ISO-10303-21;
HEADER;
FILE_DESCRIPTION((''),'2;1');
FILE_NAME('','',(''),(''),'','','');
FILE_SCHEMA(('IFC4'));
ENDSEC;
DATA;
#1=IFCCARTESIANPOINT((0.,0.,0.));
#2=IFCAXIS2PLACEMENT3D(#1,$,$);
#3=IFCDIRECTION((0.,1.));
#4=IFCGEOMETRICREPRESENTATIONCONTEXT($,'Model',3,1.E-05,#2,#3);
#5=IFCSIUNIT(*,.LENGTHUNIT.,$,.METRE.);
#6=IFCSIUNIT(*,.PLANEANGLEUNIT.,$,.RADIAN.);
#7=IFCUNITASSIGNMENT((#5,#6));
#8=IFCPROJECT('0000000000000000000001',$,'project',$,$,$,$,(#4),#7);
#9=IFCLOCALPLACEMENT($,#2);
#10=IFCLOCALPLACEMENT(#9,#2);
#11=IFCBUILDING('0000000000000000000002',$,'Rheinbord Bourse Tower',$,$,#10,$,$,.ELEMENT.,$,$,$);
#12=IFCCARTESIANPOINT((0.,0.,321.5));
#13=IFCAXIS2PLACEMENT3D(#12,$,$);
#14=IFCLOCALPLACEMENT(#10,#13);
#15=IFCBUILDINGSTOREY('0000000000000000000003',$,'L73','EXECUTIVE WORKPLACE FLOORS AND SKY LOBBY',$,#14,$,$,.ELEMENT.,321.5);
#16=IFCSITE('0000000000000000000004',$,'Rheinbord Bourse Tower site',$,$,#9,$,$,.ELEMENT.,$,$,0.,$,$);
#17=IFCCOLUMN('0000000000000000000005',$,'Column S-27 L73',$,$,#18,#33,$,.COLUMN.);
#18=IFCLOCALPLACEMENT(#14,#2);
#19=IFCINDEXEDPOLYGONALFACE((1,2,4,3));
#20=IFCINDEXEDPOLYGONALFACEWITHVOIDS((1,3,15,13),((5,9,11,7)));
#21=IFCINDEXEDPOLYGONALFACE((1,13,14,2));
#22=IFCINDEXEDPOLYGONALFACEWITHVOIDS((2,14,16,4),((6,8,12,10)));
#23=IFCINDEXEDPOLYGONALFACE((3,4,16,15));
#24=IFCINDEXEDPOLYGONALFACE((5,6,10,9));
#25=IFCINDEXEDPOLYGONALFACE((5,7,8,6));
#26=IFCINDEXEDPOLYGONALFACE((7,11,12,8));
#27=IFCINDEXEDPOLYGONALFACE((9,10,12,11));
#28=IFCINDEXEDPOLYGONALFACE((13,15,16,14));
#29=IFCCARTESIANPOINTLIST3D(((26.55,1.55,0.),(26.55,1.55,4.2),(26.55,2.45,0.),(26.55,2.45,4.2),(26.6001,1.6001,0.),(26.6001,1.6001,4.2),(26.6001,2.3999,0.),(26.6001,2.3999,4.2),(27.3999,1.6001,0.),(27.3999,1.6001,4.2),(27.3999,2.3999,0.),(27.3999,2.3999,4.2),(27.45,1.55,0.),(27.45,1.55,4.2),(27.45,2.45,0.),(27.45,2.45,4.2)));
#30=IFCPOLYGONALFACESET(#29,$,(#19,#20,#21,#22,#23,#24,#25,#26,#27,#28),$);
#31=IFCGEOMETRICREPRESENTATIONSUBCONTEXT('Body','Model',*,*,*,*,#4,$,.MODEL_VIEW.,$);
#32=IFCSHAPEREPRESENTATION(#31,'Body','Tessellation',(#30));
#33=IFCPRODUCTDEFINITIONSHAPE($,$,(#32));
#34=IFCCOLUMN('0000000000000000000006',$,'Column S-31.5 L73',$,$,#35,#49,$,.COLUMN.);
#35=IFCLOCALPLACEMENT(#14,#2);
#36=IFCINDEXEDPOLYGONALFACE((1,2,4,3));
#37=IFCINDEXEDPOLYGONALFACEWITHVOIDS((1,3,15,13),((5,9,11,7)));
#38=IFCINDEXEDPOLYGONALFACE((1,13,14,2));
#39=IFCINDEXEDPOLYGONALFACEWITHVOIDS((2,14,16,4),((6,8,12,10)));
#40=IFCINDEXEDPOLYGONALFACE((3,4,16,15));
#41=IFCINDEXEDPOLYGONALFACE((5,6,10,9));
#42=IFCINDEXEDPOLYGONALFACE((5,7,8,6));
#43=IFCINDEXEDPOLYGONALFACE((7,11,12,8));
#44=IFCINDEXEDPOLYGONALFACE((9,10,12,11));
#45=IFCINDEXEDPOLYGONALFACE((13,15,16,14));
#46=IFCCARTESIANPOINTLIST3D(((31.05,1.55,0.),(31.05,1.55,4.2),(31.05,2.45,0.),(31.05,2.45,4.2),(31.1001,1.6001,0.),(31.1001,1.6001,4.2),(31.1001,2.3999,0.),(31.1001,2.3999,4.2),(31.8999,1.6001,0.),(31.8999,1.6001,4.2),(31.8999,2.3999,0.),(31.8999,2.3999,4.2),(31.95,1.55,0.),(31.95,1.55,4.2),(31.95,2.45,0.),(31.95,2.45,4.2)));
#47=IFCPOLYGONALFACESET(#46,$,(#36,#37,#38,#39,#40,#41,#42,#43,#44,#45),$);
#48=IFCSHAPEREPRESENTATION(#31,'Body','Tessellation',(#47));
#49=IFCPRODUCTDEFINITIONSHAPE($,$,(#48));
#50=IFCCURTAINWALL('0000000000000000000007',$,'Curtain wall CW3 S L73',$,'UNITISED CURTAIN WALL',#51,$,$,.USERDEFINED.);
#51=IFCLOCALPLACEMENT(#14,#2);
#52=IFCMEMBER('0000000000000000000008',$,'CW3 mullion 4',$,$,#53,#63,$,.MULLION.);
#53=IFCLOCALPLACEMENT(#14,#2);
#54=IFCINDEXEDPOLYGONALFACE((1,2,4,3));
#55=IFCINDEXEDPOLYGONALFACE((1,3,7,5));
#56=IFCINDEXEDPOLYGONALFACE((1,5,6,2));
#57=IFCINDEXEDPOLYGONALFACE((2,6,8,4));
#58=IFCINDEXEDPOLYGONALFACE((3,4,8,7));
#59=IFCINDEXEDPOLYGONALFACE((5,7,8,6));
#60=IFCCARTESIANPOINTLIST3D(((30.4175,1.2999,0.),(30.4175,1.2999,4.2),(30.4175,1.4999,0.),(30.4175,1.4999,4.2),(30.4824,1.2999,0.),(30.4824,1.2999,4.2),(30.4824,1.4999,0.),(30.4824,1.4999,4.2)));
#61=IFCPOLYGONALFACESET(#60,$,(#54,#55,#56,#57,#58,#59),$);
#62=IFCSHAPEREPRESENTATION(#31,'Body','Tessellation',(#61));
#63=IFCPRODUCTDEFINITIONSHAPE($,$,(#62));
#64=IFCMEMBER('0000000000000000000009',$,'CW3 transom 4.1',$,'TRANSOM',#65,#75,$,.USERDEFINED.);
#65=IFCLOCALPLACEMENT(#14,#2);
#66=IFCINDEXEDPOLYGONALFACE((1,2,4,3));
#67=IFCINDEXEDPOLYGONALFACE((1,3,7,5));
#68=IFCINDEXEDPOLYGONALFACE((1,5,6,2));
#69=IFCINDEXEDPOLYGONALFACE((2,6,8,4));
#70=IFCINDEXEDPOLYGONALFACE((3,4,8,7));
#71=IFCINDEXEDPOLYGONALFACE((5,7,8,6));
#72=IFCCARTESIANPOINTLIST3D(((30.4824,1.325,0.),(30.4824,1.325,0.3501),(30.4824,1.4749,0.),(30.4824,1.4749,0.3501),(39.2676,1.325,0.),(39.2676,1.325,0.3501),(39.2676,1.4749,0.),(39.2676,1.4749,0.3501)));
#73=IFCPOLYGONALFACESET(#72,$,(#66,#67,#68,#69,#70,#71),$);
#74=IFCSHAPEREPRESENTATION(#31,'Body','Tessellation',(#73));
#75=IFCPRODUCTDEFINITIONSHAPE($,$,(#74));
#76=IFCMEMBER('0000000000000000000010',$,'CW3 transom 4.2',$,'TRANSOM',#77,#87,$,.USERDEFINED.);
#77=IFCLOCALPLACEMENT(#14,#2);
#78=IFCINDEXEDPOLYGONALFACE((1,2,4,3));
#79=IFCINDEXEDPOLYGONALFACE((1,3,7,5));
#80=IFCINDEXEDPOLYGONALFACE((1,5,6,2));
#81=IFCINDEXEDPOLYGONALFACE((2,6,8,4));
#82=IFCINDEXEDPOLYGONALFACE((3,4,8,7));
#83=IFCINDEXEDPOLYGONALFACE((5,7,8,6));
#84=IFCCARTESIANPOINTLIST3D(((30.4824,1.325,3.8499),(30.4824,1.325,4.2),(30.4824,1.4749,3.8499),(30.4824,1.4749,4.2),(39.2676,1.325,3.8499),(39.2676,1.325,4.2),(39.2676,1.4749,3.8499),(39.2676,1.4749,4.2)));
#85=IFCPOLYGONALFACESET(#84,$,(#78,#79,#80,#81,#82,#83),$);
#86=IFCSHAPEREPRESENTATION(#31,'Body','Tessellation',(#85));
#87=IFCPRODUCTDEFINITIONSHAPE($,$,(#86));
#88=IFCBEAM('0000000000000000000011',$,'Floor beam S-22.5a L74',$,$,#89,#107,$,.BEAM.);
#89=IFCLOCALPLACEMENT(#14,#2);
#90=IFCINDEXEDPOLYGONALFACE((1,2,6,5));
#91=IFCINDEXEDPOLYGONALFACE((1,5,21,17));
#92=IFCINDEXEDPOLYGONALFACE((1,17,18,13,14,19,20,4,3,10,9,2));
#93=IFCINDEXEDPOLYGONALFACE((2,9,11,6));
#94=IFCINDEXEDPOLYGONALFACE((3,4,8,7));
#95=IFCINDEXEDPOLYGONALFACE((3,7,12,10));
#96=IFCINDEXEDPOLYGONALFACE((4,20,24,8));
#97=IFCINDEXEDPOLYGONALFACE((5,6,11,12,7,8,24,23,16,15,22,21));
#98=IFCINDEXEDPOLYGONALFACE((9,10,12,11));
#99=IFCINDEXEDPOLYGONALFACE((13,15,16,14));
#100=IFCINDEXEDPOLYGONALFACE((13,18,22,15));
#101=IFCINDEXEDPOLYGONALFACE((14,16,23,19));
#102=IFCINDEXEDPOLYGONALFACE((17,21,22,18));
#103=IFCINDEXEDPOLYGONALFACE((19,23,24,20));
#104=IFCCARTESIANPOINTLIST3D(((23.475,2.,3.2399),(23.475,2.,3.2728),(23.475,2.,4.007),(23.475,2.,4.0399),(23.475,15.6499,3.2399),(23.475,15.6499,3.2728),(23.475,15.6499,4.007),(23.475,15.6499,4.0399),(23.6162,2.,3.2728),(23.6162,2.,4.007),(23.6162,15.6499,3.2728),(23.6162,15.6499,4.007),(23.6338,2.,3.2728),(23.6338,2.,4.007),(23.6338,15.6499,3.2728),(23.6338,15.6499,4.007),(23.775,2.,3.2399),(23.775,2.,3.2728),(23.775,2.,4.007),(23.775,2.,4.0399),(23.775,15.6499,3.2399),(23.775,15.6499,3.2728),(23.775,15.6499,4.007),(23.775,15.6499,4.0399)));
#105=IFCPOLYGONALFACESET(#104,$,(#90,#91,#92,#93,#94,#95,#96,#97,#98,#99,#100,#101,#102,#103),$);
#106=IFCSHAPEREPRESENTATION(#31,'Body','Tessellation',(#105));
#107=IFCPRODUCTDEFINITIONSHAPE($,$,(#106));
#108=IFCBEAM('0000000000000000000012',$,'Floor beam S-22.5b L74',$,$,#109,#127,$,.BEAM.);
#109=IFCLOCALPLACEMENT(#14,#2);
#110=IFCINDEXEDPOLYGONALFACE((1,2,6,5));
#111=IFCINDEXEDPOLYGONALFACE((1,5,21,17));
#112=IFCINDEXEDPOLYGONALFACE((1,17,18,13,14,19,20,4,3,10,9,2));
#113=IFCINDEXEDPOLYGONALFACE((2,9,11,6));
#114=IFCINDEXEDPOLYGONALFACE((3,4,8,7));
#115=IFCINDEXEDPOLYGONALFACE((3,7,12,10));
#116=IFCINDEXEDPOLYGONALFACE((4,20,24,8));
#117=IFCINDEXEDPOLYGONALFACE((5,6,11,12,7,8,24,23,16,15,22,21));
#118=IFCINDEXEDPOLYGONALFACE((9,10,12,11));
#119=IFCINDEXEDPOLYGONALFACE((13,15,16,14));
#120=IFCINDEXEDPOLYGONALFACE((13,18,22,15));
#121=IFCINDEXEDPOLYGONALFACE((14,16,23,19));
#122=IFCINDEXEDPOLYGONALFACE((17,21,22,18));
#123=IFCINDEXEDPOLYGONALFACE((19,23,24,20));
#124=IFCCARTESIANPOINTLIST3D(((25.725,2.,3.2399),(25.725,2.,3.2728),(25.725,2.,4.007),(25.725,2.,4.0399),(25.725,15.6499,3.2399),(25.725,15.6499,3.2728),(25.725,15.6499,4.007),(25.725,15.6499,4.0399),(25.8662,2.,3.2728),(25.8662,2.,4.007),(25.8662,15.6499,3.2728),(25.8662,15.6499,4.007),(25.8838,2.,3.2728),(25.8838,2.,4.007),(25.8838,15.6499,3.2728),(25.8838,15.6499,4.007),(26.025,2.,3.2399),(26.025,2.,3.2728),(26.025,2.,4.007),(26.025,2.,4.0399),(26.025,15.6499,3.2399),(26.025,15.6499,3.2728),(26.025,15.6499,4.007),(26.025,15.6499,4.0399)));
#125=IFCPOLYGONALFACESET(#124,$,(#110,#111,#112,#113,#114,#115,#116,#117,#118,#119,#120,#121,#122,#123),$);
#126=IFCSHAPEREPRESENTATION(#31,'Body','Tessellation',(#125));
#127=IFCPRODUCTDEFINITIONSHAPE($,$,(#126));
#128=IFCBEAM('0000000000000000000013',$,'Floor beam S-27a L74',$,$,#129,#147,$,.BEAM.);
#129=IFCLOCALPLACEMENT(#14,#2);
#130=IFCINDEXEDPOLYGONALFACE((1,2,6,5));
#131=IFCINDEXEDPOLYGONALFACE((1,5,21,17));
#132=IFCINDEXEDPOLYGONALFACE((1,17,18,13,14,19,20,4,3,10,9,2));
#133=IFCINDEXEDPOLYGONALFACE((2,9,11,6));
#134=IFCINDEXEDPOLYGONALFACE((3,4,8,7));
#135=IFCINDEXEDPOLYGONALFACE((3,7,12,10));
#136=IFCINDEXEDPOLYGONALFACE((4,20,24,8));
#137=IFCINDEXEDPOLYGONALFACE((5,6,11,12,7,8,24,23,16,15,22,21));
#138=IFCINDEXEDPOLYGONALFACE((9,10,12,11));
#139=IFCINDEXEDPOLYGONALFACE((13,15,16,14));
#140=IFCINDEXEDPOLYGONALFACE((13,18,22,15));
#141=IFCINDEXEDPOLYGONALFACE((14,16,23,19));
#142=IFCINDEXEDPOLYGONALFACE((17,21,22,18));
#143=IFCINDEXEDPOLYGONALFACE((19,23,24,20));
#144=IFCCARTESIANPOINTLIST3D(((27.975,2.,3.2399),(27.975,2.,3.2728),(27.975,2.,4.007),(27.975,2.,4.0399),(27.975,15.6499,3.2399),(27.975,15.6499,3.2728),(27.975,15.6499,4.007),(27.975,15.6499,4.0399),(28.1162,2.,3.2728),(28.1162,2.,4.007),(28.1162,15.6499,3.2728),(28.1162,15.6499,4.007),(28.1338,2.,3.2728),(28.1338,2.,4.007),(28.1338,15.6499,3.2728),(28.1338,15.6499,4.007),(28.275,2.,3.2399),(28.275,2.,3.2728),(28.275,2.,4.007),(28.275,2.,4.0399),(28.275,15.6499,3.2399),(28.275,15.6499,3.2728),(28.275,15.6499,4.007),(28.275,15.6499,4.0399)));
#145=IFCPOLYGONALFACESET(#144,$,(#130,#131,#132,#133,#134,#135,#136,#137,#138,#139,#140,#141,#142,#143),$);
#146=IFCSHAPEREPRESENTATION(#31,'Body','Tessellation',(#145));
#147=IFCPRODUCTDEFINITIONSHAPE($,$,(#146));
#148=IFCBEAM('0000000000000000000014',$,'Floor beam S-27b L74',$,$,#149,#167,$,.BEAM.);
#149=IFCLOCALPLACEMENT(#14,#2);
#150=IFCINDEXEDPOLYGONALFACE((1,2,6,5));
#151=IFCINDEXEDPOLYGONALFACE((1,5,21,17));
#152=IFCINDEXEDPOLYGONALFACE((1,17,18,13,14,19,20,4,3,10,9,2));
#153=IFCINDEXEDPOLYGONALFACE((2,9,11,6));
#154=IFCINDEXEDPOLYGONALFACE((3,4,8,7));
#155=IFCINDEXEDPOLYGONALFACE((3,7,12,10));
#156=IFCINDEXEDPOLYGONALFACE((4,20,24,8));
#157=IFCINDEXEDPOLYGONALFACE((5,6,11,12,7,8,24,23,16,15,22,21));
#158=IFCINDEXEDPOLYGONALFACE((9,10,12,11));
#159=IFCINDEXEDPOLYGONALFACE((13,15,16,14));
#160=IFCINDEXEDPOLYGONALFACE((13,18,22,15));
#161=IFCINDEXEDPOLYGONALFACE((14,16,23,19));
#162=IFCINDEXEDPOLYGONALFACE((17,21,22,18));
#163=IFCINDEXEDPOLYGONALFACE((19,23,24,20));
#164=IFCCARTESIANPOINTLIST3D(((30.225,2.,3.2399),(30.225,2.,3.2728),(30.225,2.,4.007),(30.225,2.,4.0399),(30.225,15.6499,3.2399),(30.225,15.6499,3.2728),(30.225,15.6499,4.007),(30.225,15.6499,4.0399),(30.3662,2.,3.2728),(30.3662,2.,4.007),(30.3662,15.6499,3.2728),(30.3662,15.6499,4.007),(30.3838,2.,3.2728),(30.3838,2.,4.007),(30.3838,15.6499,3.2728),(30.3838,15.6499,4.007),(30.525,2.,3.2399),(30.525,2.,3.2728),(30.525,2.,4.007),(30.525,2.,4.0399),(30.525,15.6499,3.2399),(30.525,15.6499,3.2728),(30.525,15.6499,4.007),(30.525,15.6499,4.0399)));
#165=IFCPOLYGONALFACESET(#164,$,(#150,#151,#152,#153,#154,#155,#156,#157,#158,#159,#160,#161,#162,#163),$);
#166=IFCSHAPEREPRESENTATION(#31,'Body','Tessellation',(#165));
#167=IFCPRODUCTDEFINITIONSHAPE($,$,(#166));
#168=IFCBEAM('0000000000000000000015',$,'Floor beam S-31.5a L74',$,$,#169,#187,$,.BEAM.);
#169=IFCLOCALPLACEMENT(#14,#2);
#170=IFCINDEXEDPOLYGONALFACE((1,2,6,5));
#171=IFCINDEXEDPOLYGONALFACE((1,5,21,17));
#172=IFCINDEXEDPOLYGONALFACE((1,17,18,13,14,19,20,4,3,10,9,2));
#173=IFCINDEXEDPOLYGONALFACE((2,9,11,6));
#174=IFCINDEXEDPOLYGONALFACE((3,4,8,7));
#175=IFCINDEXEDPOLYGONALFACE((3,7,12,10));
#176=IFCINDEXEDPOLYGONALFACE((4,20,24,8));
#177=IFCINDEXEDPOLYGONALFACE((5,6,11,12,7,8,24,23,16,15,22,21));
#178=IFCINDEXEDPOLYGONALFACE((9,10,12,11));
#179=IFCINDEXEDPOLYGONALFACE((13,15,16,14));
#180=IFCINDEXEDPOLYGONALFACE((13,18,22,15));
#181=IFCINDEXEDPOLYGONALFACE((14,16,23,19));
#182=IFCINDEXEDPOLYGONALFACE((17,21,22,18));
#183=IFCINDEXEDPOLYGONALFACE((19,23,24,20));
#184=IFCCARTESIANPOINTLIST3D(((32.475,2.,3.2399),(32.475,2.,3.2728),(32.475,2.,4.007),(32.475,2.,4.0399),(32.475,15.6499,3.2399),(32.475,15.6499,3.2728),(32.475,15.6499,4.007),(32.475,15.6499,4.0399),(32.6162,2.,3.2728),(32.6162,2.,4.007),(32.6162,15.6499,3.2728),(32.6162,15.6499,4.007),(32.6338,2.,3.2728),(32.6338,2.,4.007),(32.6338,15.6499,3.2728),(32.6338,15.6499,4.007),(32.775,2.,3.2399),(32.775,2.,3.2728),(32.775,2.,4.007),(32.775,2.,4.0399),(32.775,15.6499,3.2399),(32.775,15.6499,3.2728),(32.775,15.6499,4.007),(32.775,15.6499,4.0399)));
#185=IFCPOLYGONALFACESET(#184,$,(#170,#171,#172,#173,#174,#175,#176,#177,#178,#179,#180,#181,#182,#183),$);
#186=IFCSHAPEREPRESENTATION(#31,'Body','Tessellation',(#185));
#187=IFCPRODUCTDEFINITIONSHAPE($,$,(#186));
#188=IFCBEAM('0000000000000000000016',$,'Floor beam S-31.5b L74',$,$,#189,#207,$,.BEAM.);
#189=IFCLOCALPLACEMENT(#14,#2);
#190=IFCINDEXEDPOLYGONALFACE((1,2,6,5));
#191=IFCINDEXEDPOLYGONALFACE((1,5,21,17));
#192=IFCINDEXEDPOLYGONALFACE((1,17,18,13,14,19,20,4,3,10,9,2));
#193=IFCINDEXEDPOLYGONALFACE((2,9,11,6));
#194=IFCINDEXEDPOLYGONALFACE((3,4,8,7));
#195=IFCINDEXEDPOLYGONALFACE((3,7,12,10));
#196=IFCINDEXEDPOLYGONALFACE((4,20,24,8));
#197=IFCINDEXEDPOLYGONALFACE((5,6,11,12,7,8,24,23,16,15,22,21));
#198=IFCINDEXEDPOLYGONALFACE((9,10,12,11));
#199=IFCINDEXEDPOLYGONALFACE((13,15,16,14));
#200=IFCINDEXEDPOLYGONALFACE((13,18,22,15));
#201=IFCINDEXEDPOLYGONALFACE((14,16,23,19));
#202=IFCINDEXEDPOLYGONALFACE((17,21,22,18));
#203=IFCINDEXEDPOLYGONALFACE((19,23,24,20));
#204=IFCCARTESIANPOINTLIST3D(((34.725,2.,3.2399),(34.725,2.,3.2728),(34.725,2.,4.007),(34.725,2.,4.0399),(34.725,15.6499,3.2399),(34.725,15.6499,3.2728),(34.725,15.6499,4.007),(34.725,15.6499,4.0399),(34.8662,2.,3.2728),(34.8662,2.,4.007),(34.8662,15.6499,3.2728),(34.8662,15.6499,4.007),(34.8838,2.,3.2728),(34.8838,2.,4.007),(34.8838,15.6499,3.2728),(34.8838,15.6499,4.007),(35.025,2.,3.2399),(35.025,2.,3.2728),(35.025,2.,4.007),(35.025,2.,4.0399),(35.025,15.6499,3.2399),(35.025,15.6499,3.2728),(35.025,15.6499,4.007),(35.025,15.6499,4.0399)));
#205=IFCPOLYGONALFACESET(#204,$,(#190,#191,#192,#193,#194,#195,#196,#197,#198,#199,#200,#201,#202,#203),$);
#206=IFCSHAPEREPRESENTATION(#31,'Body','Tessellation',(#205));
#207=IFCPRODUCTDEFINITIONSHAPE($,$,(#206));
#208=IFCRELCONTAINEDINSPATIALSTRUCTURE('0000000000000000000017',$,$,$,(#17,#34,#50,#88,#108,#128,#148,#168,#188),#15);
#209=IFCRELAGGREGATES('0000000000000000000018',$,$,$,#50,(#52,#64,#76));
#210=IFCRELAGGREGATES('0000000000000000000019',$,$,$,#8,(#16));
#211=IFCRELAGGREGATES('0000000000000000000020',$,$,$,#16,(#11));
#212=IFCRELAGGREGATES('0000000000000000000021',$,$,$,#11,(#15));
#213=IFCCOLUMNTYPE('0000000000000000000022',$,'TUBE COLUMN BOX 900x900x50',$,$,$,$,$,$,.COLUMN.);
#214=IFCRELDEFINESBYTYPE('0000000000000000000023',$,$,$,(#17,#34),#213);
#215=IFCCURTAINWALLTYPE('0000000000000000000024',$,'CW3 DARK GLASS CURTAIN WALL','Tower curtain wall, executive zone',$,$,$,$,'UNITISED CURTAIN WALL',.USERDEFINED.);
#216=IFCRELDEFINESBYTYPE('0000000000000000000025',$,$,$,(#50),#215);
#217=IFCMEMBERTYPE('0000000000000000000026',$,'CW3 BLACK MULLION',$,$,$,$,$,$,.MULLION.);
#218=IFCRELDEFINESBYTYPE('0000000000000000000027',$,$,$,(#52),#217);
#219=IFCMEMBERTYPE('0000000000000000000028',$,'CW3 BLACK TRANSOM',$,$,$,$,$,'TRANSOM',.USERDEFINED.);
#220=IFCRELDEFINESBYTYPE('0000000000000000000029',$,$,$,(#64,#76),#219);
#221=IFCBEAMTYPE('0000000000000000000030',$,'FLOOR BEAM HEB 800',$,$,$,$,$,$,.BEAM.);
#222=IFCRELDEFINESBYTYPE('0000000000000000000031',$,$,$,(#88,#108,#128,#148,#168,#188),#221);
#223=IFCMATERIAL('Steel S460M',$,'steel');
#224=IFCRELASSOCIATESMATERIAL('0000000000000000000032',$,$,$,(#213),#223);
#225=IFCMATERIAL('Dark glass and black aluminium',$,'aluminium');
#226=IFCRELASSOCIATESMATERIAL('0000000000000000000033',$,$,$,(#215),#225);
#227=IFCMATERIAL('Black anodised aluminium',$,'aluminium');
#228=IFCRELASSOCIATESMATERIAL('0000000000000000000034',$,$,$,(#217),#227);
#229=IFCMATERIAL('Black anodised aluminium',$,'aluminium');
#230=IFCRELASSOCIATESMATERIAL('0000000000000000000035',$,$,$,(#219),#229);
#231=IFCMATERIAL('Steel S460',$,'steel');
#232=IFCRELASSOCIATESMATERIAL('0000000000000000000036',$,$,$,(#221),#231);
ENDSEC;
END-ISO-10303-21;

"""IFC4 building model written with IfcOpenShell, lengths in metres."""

from ifc_helpers import new_model, si_unit, direction, frame, origin, origin_2d, place, context, subcontext, project, spatial, rectangle, hollow_rectangle, i_section, extrude, material, material_profile, profile_set, type_object, element, aggregate, save


model = new_model("IFC4")

# Units and contexts
model_context = context("Model", 3, precision=1e-05, world=origin(), true_north=direction((0.0, 1.0)))
body_context = subcontext(model_context, "Body", "Model", "MODEL_VIEW")
ifc_project = project(units=[si_unit("LENGTHUNIT", "METRE"), si_unit("PLANEANGLEUNIT", "RADIAN")], contexts=[model_context])

# Site, building, storey
site_placement = place(None, origin())
site = spatial("IfcSite", under=ifc_project, at=site_placement, Name="Rheinbord Bourse Tower site", CompositionType="ELEMENT", RefElevation=0.0)
building_placement = place(site_placement, origin())
building = spatial("IfcBuilding", under=site, at=building_placement, Name="Rheinbord Bourse Tower", CompositionType="ELEMENT")
storey_placement = place(building_placement, frame((0.0, 0.0, 321.5)))
storey = spatial("IfcBuildingStorey", under=building, at=storey_placement, Name="L73", Description="EXECUTIVE WORKPLACE FLOORS AND SKY LOBBY", CompositionType="ELEMENT", Elevation=321.5)

# Columns
ifc_material_1 = material(Name="Steel S460M", Category="steel")
ifc_material_profile_1 = material_profile(ifc_material_1, hollow_rectangle(XDim=0.8999, YDim=0.8999, WallThickness=0.05, at=origin_2d()), Name="BOX 900x900x50")
ifc_profile_set_1 = profile_set([ifc_material_profile_1], Name="Steel S460M")
column_type = type_object("IfcColumnType", Name="TUBE COLUMN BOX 900x900x50", PredefinedType="COLUMN", material=ifc_profile_set_1)
for number, where, z_axis, x_axis, name in (
    (1, (27.0, 2.0, 0.0), (0.0, 0.0, 1.0), (0.0, 1.0, 0.0), "Column S-27 L73"),
    (2, (31.5, 2.0, 0.0), (0.0, 0.0, 1.0), (0.0, 1.0, 0.0), "Column S-31.5 L73"),
):
    element("IfcColumn", number, at=place(storey_placement, frame(where, z_axis=z_axis, x_axis=x_axis)), inside=storey, type_object=column_type, Name=name, PredefinedType="COLUMN", context=body_context, shape_type="SweptSolid", body=[
        extrude(hollow_rectangle(XDim=0.8999, YDim=0.8999, WallThickness=0.05, at=origin_2d()), origin(), (0.0, 0.0, 1.0), 4.2),
    ])

# Curtain wall, members
ifc_material_2 = material(Name="Dark glass and black aluminium", Category="aluminium")
curtain_wall_type = type_object("IfcCurtainWallType", Name="CW3 DARK GLASS CURTAIN WALL", Description="Tower curtain wall, executive zone", ElementType="UNITISED CURTAIN WALL", PredefinedType="USERDEFINED", material=ifc_material_2)
curtain_wall_placement = place(storey_placement, origin())
curtain_wall = element("IfcCurtainWall", 3, at=curtain_wall_placement, inside=storey, type_object=curtain_wall_type, Name="Curtain wall CW3 S L73", ObjectType="UNITISED CURTAIN WALL", PredefinedType="USERDEFINED")
ifc_material_3 = material(Name="Black anodised aluminium", Category="aluminium")
ifc_material_profile_2 = material_profile(ifc_material_3, rectangle(XDim=0.2, YDim=0.0649, at=origin_2d()), Name="CW3 MULLION 65x200")
ifc_profile_set_2 = profile_set([ifc_material_profile_2], Name="Black anodised aluminium")
member_type_1 = type_object("IfcMemberType", Name="CW3 BLACK MULLION", PredefinedType="MULLION", material=ifc_profile_set_2)
member_1_placement = place(storey_placement, frame((30.45, 1.3999, 0.0), z_axis=(0.0, 0.0, 1.0), x_axis=(0.0, 1.0, 0.0)))
member_1 = element("IfcMember", 4, at=member_1_placement, type_object=member_type_1, Name="CW3 mullion 4", PredefinedType="MULLION", context=body_context, shape_type="SweptSolid", body=[
    extrude(rectangle(XDim=0.2, YDim=0.0649, at=origin_2d()), origin(), (0.0, 0.0, 1.0), 4.2),
])
ifc_material_4 = material(Name="Black anodised aluminium", Category="aluminium")
ifc_material_profile_3 = material_profile(ifc_material_4, rectangle(XDim=0.1499, YDim=0.3501, at=origin_2d()), Name="CW3 TRANSOM 350x150")
ifc_profile_set_3 = profile_set([ifc_material_profile_3], Name="Black anodised aluminium")
member_type_2 = type_object("IfcMemberType", Name="CW3 BLACK TRANSOM", ElementType="TRANSOM", PredefinedType="USERDEFINED", material=ifc_profile_set_3)
member_2_placement = place(storey_placement, frame((30.4824, 1.3999, 0.175), z_axis=(1.0, 0.0, 0.0), x_axis=(0.0, 1.0, 0.0)))
member_2 = element("IfcMember", 5, at=member_2_placement, type_object=member_type_2, Name="CW3 transom 4.1", ObjectType="TRANSOM", PredefinedType="USERDEFINED", context=body_context, shape_type="SweptSolid", body=[
    extrude(rectangle(XDim=0.1499, YDim=0.3501, at=origin_2d()), origin(), (0.0, 0.0, 1.0), 8.7852),
])
member_3_placement = place(storey_placement, frame((30.4824, 1.3999, 4.0249), z_axis=(1.0, 0.0, 0.0), x_axis=(0.0, 1.0, 0.0)))
member_3 = element("IfcMember", 6, at=member_3_placement, type_object=member_type_2, Name="CW3 transom 4.2", ObjectType="TRANSOM", PredefinedType="USERDEFINED", context=body_context, shape_type="SweptSolid", body=[
    extrude(rectangle(XDim=0.1499, YDim=0.3501, at=origin_2d()), origin(), (0.0, 0.0, 1.0), 8.7852),
])

# Beams
ifc_material_5 = material(Name="Steel S460", Category="steel")
ifc_material_profile_4 = material_profile(ifc_material_5, i_section(OverallWidth=0.3, OverallDepth=0.8, WebThickness=0.0176, FlangeThickness=0.033, at=origin_2d()), Name="HEB 800")
ifc_profile_set_4 = profile_set([ifc_material_profile_4], Name="Steel S460")
beam_type_1 = type_object("IfcBeamType", Name="FLOOR BEAM HEB 800", PredefinedType="BEAM", material=ifc_profile_set_4)
for number, where, z_axis, x_axis, name in (
    (7, (23.625, 2.0, 3.6399), (0.0, 1.0, 0.0), (-1.0, 0.0, 0.0), "Floor beam S-22.5a L74"),
    (8, (25.875, 2.0, 3.6399), (0.0, 1.0, 0.0), (-1.0, 0.0, 0.0), "Floor beam S-22.5b L74"),
    (9, (28.125, 2.0, 3.6399), (0.0, 1.0, 0.0), (-1.0, 0.0, 0.0), "Floor beam S-27a L74"),
    (10, (30.375, 2.0, 3.6399), (0.0, 1.0, 0.0), (-1.0, 0.0, 0.0), "Floor beam S-27b L74"),
    (11, (32.625, 2.0, 3.6399), (0.0, 1.0, 0.0), (-1.0, 0.0, 0.0), "Floor beam S-31.5a L74"),
    (12, (34.875, 2.0, 3.6399), (0.0, 1.0, 0.0), (-1.0, 0.0, 0.0), "Floor beam S-31.5b L74"),
):
    element("IfcBeam", number, at=place(storey_placement, frame(where, z_axis=z_axis, x_axis=x_axis)), inside=storey, type_object=beam_type_1, Name=name, PredefinedType="BEAM", context=body_context, shape_type="SweptSolid", body=[
        extrude(i_section(OverallWidth=0.3, OverallDepth=0.8, WebThickness=0.0176, FlangeThickness=0.033, at=origin_2d()), origin(), (0.0, 0.0, 1.0), 13.6499),
    ])

aggregate(curtain_wall, [member_1, member_2, member_3])

save(model, "model.ifc")
